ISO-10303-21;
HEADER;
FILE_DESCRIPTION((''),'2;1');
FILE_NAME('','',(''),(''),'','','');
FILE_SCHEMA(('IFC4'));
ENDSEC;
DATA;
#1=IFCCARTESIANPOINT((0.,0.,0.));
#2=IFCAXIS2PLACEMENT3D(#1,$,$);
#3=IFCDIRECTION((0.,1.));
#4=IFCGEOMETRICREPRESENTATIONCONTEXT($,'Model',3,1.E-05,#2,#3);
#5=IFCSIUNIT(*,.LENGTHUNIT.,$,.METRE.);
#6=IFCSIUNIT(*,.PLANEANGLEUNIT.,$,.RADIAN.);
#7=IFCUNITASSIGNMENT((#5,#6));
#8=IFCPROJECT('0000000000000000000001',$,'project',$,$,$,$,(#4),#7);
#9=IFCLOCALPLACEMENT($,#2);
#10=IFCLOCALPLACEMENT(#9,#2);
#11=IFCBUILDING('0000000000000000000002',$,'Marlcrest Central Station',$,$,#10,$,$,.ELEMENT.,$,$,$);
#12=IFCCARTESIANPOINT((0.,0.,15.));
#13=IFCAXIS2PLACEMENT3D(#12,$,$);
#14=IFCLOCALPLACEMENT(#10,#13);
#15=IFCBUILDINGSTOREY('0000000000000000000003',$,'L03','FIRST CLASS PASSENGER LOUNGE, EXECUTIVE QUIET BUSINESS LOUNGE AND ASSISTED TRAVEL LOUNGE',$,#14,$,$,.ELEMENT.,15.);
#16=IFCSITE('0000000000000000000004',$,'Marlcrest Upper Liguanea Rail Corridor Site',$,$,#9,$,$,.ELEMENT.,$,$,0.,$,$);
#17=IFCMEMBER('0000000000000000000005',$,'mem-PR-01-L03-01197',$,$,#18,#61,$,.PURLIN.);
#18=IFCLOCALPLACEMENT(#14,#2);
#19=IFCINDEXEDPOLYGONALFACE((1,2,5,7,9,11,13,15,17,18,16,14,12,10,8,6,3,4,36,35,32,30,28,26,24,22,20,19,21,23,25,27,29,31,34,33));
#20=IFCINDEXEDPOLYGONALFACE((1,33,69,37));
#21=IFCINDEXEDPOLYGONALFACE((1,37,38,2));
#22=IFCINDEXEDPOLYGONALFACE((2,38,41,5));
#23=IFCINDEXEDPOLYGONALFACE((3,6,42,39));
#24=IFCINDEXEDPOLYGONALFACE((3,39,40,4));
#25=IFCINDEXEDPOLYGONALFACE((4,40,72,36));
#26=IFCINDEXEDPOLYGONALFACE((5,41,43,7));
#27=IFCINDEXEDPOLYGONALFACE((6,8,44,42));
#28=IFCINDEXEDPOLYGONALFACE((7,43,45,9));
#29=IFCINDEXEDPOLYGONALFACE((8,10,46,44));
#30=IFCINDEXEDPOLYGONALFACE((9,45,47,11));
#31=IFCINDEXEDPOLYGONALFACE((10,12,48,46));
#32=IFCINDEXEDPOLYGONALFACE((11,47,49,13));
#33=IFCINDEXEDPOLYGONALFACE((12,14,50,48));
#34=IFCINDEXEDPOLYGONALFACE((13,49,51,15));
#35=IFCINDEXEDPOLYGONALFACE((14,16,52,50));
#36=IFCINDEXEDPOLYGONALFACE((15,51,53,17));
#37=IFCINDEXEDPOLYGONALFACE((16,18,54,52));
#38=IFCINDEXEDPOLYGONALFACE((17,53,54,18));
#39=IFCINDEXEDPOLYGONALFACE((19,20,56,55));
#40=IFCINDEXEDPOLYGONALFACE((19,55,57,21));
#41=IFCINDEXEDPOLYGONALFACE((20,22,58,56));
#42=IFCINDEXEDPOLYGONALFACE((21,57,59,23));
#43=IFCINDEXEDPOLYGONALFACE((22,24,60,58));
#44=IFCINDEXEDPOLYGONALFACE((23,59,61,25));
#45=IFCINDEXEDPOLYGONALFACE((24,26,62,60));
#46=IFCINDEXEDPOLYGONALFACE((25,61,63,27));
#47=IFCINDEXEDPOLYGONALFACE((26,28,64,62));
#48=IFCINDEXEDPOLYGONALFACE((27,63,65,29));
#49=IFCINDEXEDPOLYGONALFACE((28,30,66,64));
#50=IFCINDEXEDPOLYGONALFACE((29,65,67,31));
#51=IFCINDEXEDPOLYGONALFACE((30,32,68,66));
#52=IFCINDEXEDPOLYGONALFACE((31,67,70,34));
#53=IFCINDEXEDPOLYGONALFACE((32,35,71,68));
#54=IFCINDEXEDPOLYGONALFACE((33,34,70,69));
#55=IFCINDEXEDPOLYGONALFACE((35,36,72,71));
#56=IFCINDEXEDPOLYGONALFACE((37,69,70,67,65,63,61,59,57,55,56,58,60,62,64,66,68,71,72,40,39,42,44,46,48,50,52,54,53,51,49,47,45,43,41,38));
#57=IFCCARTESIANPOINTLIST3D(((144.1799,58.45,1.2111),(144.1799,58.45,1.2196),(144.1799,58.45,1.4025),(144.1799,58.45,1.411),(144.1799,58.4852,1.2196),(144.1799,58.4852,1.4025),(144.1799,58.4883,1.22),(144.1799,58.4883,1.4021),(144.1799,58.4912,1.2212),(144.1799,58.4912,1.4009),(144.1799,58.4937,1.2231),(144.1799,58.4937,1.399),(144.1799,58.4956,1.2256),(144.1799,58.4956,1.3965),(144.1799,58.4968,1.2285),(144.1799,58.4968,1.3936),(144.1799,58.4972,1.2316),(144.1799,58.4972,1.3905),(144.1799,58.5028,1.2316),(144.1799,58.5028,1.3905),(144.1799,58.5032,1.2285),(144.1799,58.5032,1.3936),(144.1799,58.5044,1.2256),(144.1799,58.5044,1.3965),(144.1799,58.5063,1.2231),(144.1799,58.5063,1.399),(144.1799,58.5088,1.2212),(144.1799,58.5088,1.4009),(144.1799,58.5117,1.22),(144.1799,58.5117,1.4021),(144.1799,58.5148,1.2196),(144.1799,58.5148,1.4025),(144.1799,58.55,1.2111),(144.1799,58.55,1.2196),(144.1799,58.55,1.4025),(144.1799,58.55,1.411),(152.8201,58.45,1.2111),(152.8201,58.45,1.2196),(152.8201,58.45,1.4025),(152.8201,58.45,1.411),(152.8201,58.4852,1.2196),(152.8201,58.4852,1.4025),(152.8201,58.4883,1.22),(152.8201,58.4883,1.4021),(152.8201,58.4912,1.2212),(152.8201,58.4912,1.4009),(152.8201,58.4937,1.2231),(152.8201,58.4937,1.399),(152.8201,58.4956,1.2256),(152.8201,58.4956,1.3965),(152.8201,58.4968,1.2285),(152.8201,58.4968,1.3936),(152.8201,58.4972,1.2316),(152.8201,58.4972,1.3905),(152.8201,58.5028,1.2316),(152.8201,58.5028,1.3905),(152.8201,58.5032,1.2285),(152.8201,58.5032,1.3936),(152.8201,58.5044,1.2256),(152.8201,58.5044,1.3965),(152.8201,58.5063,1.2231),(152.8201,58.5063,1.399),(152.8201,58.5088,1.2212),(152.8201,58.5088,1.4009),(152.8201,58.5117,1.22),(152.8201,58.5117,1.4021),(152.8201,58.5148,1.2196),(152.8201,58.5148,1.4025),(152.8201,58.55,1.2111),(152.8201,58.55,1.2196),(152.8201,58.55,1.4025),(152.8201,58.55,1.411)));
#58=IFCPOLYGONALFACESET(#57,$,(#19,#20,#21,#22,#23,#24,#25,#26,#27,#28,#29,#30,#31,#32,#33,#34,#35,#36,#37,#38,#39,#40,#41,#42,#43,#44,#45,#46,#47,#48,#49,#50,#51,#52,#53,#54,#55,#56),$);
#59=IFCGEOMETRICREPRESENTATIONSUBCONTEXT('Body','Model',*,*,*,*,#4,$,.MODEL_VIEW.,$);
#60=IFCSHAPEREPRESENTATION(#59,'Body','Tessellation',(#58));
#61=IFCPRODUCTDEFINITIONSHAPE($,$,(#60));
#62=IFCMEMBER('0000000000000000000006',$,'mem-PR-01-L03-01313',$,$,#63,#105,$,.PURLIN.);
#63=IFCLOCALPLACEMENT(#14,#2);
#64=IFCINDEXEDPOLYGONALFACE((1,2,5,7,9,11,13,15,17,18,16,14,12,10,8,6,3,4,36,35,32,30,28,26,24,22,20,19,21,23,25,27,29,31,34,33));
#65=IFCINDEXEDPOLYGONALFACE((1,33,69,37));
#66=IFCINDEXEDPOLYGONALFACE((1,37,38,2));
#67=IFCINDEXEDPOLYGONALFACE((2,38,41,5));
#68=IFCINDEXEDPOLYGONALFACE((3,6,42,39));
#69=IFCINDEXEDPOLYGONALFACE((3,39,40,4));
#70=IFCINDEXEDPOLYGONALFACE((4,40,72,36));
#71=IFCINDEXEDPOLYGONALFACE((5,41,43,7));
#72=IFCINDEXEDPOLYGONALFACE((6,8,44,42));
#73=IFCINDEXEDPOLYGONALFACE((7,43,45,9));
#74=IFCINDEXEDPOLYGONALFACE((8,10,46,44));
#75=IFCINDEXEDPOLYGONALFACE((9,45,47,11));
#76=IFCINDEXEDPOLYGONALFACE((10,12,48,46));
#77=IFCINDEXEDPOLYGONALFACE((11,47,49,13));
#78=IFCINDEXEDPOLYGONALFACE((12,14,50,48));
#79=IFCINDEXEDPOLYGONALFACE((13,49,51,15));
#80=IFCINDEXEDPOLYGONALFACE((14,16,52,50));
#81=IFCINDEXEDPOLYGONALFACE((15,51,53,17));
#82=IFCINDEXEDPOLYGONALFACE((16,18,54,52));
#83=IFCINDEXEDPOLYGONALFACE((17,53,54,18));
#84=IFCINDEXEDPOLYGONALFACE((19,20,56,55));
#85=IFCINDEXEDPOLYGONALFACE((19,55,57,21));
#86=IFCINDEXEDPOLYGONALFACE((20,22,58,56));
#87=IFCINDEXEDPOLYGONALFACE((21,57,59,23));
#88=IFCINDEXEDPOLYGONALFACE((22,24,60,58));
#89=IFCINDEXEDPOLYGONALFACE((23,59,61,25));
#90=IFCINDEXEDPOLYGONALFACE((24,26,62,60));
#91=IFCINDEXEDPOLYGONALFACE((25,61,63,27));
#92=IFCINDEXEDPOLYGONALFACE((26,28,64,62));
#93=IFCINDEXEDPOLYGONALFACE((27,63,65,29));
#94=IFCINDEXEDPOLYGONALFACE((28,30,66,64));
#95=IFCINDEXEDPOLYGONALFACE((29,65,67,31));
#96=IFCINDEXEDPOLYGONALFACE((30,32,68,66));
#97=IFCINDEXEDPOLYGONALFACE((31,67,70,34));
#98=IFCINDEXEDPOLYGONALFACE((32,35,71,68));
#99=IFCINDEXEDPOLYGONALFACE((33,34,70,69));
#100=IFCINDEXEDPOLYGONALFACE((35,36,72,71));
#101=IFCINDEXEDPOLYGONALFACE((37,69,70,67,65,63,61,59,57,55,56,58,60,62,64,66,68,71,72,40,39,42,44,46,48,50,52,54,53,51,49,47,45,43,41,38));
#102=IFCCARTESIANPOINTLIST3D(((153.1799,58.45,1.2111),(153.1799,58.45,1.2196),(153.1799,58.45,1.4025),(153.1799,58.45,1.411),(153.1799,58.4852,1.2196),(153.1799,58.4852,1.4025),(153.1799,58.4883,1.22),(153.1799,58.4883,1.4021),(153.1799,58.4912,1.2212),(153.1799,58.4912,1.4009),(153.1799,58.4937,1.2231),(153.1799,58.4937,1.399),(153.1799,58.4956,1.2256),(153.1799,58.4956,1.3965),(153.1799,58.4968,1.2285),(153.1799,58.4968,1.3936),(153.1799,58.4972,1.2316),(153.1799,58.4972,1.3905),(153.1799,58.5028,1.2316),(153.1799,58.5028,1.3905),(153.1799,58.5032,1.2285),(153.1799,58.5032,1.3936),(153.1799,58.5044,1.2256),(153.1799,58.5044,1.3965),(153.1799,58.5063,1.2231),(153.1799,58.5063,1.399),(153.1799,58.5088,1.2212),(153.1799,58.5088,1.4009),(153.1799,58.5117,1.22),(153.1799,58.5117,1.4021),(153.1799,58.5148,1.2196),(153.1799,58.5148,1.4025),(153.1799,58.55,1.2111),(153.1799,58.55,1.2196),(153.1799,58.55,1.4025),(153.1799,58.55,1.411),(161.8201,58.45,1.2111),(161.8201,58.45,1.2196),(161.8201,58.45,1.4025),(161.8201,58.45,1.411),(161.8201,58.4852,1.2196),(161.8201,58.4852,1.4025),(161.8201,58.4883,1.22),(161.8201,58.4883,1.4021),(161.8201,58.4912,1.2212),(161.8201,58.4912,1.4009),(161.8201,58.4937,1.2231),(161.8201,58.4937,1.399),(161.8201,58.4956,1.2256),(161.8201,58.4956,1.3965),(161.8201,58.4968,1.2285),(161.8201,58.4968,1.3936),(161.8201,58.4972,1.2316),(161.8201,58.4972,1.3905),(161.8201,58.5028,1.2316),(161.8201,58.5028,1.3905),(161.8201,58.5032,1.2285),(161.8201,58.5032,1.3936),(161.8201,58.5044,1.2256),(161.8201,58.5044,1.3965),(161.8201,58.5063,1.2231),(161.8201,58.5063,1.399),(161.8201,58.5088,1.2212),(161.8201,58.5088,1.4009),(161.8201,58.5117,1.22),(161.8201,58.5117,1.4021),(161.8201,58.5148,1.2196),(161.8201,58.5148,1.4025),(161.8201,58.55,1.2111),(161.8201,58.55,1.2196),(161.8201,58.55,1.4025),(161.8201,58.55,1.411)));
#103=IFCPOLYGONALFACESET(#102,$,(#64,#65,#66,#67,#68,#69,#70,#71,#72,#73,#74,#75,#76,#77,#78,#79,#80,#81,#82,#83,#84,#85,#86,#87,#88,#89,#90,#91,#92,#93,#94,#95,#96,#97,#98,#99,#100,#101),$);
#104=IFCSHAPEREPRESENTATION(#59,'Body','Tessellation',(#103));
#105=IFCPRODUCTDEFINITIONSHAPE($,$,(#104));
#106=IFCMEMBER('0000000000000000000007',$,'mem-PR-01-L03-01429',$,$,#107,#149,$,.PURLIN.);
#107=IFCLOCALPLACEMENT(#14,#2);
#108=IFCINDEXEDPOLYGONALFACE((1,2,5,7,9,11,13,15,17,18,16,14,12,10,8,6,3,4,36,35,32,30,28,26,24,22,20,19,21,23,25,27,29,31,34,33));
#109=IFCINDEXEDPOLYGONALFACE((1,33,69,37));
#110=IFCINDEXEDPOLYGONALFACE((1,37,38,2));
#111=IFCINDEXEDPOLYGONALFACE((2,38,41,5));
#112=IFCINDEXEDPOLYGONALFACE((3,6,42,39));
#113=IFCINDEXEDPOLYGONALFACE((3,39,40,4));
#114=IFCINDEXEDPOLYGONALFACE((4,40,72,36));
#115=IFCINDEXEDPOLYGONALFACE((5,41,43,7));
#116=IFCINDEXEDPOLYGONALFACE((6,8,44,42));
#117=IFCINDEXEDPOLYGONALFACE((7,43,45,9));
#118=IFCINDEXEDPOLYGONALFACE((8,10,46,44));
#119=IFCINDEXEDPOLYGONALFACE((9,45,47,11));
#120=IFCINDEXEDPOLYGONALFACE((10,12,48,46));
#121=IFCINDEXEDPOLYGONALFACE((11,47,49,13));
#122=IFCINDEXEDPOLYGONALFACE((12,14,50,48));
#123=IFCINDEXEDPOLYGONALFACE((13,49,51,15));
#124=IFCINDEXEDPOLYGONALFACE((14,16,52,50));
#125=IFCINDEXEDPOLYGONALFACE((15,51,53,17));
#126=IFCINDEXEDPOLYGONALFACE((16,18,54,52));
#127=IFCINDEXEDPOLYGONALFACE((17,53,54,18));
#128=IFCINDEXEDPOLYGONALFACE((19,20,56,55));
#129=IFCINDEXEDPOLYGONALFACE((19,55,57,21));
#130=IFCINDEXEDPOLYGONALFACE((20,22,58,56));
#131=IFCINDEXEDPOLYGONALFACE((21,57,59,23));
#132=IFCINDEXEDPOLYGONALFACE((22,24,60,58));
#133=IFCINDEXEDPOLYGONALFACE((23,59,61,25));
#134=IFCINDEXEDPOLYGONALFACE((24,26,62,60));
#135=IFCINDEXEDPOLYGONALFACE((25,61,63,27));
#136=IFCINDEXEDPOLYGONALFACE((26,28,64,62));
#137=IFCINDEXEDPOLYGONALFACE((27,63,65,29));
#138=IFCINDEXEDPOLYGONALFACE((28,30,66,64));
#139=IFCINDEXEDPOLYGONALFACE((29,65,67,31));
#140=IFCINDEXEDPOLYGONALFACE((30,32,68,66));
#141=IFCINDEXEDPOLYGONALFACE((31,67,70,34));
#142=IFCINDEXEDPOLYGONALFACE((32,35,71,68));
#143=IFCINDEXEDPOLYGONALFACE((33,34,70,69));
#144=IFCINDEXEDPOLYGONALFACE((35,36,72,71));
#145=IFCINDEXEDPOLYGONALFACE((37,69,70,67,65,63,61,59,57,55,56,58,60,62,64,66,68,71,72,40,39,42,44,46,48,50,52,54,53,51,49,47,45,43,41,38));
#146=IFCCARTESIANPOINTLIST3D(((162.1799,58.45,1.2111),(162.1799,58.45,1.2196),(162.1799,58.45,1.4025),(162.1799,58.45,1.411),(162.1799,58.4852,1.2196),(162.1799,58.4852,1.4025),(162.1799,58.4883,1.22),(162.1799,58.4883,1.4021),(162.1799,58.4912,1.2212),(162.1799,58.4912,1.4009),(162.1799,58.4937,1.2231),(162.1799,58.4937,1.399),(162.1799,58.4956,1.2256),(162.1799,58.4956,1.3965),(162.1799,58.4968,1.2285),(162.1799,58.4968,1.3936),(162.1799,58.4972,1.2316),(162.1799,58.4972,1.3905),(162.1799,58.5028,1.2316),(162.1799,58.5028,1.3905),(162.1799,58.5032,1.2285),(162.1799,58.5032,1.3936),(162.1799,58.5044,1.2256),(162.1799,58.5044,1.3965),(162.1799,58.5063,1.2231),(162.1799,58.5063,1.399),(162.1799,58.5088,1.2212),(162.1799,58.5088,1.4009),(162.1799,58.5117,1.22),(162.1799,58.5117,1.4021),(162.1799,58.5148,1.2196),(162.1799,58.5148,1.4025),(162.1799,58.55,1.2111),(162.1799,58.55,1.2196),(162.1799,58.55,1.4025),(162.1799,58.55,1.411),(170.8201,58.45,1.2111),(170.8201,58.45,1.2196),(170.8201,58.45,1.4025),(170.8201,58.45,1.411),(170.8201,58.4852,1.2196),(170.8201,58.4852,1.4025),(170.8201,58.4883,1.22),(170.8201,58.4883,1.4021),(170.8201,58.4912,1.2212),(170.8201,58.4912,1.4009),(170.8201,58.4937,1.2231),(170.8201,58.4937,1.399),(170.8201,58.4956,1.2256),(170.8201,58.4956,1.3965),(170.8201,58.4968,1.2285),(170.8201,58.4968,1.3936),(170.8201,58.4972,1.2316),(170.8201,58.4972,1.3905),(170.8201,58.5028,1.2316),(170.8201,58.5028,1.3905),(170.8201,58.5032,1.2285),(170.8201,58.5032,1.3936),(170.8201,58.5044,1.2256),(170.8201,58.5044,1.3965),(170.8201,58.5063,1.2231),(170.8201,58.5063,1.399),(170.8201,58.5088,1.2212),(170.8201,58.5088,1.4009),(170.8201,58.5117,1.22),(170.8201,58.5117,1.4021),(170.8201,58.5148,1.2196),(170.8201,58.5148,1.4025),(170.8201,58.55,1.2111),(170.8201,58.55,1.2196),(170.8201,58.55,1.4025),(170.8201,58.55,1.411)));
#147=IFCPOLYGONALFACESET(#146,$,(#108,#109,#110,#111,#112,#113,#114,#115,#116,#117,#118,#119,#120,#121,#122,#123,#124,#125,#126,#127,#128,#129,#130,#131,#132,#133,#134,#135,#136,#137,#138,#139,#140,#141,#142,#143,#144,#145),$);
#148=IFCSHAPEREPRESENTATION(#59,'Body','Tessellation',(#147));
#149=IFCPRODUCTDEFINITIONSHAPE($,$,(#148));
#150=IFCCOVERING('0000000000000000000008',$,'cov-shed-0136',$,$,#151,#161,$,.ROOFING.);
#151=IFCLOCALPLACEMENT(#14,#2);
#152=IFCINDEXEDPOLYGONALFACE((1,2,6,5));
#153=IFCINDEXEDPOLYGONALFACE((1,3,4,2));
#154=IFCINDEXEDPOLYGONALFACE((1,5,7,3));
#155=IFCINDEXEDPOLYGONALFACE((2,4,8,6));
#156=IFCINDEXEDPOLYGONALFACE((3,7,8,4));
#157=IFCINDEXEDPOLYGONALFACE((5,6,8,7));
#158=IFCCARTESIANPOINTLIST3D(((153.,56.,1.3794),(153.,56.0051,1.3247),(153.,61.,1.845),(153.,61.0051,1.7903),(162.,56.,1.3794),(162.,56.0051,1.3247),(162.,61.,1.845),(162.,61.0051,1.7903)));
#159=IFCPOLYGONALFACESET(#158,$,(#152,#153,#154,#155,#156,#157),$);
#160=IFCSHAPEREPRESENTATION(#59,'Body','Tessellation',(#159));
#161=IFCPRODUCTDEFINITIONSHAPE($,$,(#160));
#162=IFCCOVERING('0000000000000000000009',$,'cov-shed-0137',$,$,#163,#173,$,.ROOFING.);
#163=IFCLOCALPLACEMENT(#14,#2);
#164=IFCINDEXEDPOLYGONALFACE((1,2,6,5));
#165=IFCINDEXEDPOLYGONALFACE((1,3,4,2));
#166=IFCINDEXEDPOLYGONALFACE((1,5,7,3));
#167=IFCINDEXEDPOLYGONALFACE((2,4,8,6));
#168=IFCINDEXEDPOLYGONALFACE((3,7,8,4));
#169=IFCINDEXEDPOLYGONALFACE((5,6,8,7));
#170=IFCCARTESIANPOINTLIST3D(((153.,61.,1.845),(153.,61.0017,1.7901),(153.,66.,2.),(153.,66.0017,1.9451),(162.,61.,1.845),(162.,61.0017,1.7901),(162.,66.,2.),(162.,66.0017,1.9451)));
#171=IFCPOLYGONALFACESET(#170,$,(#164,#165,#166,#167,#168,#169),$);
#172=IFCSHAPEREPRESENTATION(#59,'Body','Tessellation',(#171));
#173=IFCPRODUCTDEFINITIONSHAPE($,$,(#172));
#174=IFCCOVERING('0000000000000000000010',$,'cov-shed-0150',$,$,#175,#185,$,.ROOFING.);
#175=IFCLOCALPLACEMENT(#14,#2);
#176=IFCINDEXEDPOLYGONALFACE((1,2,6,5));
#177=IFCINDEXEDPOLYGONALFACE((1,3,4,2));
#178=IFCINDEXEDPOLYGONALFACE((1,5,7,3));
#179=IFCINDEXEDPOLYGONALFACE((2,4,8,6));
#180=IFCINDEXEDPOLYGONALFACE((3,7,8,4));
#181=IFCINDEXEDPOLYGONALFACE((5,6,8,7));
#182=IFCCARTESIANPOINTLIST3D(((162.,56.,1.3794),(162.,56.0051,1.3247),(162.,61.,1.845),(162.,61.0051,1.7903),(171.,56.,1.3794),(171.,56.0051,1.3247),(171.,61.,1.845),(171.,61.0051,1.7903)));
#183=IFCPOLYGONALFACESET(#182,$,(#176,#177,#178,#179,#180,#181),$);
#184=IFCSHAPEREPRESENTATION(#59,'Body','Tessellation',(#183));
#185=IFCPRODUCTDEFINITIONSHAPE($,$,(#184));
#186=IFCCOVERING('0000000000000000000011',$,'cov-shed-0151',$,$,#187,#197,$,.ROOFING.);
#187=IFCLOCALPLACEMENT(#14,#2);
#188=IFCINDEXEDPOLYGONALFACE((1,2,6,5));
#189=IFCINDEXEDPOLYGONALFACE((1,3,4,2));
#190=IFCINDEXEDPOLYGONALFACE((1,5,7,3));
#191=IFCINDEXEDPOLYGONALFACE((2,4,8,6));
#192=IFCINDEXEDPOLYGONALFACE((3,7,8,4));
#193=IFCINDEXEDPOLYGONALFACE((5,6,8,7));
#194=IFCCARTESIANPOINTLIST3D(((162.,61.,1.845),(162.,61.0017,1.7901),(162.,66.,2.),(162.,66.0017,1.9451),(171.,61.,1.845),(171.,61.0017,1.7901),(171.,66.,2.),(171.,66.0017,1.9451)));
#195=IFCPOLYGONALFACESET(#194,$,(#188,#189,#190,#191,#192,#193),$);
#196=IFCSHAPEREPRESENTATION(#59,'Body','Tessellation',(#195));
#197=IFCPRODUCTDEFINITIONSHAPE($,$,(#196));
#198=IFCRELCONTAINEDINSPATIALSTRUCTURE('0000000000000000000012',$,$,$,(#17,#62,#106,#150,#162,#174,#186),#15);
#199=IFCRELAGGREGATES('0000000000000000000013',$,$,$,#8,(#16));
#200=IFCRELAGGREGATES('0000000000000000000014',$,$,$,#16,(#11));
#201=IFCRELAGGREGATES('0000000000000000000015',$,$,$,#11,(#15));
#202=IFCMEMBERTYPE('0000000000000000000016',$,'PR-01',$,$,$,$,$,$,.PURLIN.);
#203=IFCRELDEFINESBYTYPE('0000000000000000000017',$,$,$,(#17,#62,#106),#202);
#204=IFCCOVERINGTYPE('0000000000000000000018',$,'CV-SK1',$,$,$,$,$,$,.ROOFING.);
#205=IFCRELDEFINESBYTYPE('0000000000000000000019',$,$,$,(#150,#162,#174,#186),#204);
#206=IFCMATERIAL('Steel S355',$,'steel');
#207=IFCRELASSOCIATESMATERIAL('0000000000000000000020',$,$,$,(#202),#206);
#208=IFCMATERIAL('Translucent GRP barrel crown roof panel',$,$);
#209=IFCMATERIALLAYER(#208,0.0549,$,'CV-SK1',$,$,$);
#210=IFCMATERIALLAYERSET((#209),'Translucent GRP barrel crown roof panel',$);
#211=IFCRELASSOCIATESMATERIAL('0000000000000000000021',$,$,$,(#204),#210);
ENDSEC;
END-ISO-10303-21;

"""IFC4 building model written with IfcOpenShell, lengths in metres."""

from ifc_helpers import new_model, si_unit, direction, frame, origin, origin_2d, place, context, subcontext, project, spatial, polyline, i_section, outline, extrude, material, layer, layer_set, material_profile, profile_set, type_object, element, save


model = new_model("IFC4")

# Units and contexts
model_context = context("Model", 3, precision=1e-05, world=origin(), true_north=direction((0.0, 1.0)))
body_context = subcontext(model_context, "Body", "Model", "MODEL_VIEW")
ifc_project = project(units=[si_unit("LENGTHUNIT", "METRE"), si_unit("PLANEANGLEUNIT", "RADIAN")], contexts=[model_context])

# Site, building, storey
site_placement = place(None, origin())
site = spatial("IfcSite", under=ifc_project, at=site_placement, Name="Marlcrest Upper Liguanea Rail Corridor Site", CompositionType="ELEMENT", RefElevation=0.0)
building_placement = place(site_placement, origin())
building = spatial("IfcBuilding", under=site, at=building_placement, Name="Marlcrest Central Station", CompositionType="ELEMENT")
storey_placement = place(building_placement, frame((0.0, 0.0, 15.0)))
storey = spatial("IfcBuildingStorey", under=building, at=storey_placement, Name="L03", Description="FIRST CLASS PASSENGER LOUNGE, EXECUTIVE QUIET BUSINESS LOUNGE AND ASSISTED TRAVEL LOUNGE", CompositionType="ELEMENT", Elevation=15.0)

# Members
ifc_material_1 = material(Name="Steel S355", Category="steel")
ifc_material_profile_1 = material_profile(ifc_material_1, i_section(OverallWidth=0.1001, OverallDepth=0.2, WebThickness=0.0056, FlangeThickness=0.0085, FilletRadius=0.012, at=origin_2d()), Name="IPE 200")
ifc_profile_set_1 = profile_set([ifc_material_profile_1], Name="Steel S355")
member_type_1 = type_object("IfcMemberType", Name="PR-01", PredefinedType="PURLIN", material=ifc_profile_set_1)
for number, where, z_axis, x_axis, name in (
    (1, (144.1799, 58.5, 1.311), (1.0, 0.0, 0.0), (0.0, 1.0, 0.0), "mem-PR-01-L03-01197"),
    (2, (153.1799, 58.5, 1.311), (1.0, 0.0, 0.0), (0.0, 1.0, 0.0), "mem-PR-01-L03-01313"),
    (3, (162.1799, 58.5, 1.311), (1.0, 0.0, 0.0), (0.0, 1.0, 0.0), "mem-PR-01-L03-01429"),
):
    element("IfcMember", number, at=place(storey_placement, frame(where, z_axis=z_axis, x_axis=x_axis)), inside=storey, type_object=member_type_1, Name=name, PredefinedType="PURLIN", context=body_context, shape_type="SweptSolid", body=[
        extrude(i_section(OverallWidth=0.1001, OverallDepth=0.2, WebThickness=0.0056, FlangeThickness=0.0085, FilletRadius=0.012, at=origin_2d()), origin(), (0.0, 0.0, 1.0), 8.6401),
    ])

# Coverings
ifc_material_2 = material(Name="Translucent GRP barrel crown roof panel")
ifc_layer = layer(ifc_material_2, 0.0549, Name="CV-SK1")
ifc_layer_set = layer_set([ifc_layer], Name="Translucent GRP barrel crown roof panel")
covering_type = type_object("IfcCoveringType", Name="CV-SK1", PredefinedType="ROOFING", material=ifc_layer_set)
covering_1_placement = place(storey_placement, frame((153.0, 56.0, 1.3794), z_axis=(0.0, -0.092714, 0.995693), x_axis=(1.0, 0.0, 0.0)))
element("IfcCovering", 4, at=covering_1_placement, inside=storey, type_object=covering_type, Name="cov-shed-0136", PredefinedType="ROOFING", context=body_context, shape_type="SweptSolid", body=[
    extrude(outline(polyline([(0.0, 0.0), (9.0, 0.0), (9.0, 5.0216), (0.0, 5.0216), (0.0, 0.0)])), origin(), (0.0, 0.0, -1.0), 0.0549),
])
covering_2_placement = place(storey_placement, frame((153.0, 61.0, 1.845), z_axis=(0.0, -0.030991, 0.99952), x_axis=(1.0, 0.0, 0.0)))
element("IfcCovering", 5, at=covering_2_placement, inside=storey, type_object=covering_type, Name="cov-shed-0137", PredefinedType="ROOFING", context=body_context, shape_type="SweptSolid", body=[
    extrude(outline(polyline([(0.0, 0.0), (9.0, 0.0), (9.0, 5.0024), (0.0, 5.0024), (0.0, 0.0)])), origin(), (0.0, 0.0, -1.0), 0.0549),
])
covering_3_placement = place(storey_placement, frame((162.0, 56.0, 1.3794), z_axis=(0.0, -0.092714, 0.995693), x_axis=(1.0, 0.0, 0.0)))
element("IfcCovering", 6, at=covering_3_placement, inside=storey, type_object=covering_type, Name="cov-shed-0150", PredefinedType="ROOFING", context=body_context, shape_type="SweptSolid", body=[
    extrude(outline(polyline([(0.0, 0.0), (9.0, 0.0), (9.0, 5.0216), (0.0, 5.0216), (0.0, 0.0)])), origin(), (0.0, 0.0, -1.0), 0.0549),
])
covering_4_placement = place(storey_placement, frame((162.0, 61.0, 1.845), z_axis=(0.0, -0.030991, 0.99952), x_axis=(1.0, 0.0, 0.0)))
element("IfcCovering", 7, at=covering_4_placement, inside=storey, type_object=covering_type, Name="cov-shed-0151", PredefinedType="ROOFING", context=body_context, shape_type="SweptSolid", body=[
    extrude(outline(polyline([(0.0, 0.0), (9.0, 0.0), (9.0, 5.0024), (0.0, 5.0024), (0.0, 0.0)])), origin(), (0.0, 0.0, -1.0), 0.0549),
])

save(model, "model.ifc")
